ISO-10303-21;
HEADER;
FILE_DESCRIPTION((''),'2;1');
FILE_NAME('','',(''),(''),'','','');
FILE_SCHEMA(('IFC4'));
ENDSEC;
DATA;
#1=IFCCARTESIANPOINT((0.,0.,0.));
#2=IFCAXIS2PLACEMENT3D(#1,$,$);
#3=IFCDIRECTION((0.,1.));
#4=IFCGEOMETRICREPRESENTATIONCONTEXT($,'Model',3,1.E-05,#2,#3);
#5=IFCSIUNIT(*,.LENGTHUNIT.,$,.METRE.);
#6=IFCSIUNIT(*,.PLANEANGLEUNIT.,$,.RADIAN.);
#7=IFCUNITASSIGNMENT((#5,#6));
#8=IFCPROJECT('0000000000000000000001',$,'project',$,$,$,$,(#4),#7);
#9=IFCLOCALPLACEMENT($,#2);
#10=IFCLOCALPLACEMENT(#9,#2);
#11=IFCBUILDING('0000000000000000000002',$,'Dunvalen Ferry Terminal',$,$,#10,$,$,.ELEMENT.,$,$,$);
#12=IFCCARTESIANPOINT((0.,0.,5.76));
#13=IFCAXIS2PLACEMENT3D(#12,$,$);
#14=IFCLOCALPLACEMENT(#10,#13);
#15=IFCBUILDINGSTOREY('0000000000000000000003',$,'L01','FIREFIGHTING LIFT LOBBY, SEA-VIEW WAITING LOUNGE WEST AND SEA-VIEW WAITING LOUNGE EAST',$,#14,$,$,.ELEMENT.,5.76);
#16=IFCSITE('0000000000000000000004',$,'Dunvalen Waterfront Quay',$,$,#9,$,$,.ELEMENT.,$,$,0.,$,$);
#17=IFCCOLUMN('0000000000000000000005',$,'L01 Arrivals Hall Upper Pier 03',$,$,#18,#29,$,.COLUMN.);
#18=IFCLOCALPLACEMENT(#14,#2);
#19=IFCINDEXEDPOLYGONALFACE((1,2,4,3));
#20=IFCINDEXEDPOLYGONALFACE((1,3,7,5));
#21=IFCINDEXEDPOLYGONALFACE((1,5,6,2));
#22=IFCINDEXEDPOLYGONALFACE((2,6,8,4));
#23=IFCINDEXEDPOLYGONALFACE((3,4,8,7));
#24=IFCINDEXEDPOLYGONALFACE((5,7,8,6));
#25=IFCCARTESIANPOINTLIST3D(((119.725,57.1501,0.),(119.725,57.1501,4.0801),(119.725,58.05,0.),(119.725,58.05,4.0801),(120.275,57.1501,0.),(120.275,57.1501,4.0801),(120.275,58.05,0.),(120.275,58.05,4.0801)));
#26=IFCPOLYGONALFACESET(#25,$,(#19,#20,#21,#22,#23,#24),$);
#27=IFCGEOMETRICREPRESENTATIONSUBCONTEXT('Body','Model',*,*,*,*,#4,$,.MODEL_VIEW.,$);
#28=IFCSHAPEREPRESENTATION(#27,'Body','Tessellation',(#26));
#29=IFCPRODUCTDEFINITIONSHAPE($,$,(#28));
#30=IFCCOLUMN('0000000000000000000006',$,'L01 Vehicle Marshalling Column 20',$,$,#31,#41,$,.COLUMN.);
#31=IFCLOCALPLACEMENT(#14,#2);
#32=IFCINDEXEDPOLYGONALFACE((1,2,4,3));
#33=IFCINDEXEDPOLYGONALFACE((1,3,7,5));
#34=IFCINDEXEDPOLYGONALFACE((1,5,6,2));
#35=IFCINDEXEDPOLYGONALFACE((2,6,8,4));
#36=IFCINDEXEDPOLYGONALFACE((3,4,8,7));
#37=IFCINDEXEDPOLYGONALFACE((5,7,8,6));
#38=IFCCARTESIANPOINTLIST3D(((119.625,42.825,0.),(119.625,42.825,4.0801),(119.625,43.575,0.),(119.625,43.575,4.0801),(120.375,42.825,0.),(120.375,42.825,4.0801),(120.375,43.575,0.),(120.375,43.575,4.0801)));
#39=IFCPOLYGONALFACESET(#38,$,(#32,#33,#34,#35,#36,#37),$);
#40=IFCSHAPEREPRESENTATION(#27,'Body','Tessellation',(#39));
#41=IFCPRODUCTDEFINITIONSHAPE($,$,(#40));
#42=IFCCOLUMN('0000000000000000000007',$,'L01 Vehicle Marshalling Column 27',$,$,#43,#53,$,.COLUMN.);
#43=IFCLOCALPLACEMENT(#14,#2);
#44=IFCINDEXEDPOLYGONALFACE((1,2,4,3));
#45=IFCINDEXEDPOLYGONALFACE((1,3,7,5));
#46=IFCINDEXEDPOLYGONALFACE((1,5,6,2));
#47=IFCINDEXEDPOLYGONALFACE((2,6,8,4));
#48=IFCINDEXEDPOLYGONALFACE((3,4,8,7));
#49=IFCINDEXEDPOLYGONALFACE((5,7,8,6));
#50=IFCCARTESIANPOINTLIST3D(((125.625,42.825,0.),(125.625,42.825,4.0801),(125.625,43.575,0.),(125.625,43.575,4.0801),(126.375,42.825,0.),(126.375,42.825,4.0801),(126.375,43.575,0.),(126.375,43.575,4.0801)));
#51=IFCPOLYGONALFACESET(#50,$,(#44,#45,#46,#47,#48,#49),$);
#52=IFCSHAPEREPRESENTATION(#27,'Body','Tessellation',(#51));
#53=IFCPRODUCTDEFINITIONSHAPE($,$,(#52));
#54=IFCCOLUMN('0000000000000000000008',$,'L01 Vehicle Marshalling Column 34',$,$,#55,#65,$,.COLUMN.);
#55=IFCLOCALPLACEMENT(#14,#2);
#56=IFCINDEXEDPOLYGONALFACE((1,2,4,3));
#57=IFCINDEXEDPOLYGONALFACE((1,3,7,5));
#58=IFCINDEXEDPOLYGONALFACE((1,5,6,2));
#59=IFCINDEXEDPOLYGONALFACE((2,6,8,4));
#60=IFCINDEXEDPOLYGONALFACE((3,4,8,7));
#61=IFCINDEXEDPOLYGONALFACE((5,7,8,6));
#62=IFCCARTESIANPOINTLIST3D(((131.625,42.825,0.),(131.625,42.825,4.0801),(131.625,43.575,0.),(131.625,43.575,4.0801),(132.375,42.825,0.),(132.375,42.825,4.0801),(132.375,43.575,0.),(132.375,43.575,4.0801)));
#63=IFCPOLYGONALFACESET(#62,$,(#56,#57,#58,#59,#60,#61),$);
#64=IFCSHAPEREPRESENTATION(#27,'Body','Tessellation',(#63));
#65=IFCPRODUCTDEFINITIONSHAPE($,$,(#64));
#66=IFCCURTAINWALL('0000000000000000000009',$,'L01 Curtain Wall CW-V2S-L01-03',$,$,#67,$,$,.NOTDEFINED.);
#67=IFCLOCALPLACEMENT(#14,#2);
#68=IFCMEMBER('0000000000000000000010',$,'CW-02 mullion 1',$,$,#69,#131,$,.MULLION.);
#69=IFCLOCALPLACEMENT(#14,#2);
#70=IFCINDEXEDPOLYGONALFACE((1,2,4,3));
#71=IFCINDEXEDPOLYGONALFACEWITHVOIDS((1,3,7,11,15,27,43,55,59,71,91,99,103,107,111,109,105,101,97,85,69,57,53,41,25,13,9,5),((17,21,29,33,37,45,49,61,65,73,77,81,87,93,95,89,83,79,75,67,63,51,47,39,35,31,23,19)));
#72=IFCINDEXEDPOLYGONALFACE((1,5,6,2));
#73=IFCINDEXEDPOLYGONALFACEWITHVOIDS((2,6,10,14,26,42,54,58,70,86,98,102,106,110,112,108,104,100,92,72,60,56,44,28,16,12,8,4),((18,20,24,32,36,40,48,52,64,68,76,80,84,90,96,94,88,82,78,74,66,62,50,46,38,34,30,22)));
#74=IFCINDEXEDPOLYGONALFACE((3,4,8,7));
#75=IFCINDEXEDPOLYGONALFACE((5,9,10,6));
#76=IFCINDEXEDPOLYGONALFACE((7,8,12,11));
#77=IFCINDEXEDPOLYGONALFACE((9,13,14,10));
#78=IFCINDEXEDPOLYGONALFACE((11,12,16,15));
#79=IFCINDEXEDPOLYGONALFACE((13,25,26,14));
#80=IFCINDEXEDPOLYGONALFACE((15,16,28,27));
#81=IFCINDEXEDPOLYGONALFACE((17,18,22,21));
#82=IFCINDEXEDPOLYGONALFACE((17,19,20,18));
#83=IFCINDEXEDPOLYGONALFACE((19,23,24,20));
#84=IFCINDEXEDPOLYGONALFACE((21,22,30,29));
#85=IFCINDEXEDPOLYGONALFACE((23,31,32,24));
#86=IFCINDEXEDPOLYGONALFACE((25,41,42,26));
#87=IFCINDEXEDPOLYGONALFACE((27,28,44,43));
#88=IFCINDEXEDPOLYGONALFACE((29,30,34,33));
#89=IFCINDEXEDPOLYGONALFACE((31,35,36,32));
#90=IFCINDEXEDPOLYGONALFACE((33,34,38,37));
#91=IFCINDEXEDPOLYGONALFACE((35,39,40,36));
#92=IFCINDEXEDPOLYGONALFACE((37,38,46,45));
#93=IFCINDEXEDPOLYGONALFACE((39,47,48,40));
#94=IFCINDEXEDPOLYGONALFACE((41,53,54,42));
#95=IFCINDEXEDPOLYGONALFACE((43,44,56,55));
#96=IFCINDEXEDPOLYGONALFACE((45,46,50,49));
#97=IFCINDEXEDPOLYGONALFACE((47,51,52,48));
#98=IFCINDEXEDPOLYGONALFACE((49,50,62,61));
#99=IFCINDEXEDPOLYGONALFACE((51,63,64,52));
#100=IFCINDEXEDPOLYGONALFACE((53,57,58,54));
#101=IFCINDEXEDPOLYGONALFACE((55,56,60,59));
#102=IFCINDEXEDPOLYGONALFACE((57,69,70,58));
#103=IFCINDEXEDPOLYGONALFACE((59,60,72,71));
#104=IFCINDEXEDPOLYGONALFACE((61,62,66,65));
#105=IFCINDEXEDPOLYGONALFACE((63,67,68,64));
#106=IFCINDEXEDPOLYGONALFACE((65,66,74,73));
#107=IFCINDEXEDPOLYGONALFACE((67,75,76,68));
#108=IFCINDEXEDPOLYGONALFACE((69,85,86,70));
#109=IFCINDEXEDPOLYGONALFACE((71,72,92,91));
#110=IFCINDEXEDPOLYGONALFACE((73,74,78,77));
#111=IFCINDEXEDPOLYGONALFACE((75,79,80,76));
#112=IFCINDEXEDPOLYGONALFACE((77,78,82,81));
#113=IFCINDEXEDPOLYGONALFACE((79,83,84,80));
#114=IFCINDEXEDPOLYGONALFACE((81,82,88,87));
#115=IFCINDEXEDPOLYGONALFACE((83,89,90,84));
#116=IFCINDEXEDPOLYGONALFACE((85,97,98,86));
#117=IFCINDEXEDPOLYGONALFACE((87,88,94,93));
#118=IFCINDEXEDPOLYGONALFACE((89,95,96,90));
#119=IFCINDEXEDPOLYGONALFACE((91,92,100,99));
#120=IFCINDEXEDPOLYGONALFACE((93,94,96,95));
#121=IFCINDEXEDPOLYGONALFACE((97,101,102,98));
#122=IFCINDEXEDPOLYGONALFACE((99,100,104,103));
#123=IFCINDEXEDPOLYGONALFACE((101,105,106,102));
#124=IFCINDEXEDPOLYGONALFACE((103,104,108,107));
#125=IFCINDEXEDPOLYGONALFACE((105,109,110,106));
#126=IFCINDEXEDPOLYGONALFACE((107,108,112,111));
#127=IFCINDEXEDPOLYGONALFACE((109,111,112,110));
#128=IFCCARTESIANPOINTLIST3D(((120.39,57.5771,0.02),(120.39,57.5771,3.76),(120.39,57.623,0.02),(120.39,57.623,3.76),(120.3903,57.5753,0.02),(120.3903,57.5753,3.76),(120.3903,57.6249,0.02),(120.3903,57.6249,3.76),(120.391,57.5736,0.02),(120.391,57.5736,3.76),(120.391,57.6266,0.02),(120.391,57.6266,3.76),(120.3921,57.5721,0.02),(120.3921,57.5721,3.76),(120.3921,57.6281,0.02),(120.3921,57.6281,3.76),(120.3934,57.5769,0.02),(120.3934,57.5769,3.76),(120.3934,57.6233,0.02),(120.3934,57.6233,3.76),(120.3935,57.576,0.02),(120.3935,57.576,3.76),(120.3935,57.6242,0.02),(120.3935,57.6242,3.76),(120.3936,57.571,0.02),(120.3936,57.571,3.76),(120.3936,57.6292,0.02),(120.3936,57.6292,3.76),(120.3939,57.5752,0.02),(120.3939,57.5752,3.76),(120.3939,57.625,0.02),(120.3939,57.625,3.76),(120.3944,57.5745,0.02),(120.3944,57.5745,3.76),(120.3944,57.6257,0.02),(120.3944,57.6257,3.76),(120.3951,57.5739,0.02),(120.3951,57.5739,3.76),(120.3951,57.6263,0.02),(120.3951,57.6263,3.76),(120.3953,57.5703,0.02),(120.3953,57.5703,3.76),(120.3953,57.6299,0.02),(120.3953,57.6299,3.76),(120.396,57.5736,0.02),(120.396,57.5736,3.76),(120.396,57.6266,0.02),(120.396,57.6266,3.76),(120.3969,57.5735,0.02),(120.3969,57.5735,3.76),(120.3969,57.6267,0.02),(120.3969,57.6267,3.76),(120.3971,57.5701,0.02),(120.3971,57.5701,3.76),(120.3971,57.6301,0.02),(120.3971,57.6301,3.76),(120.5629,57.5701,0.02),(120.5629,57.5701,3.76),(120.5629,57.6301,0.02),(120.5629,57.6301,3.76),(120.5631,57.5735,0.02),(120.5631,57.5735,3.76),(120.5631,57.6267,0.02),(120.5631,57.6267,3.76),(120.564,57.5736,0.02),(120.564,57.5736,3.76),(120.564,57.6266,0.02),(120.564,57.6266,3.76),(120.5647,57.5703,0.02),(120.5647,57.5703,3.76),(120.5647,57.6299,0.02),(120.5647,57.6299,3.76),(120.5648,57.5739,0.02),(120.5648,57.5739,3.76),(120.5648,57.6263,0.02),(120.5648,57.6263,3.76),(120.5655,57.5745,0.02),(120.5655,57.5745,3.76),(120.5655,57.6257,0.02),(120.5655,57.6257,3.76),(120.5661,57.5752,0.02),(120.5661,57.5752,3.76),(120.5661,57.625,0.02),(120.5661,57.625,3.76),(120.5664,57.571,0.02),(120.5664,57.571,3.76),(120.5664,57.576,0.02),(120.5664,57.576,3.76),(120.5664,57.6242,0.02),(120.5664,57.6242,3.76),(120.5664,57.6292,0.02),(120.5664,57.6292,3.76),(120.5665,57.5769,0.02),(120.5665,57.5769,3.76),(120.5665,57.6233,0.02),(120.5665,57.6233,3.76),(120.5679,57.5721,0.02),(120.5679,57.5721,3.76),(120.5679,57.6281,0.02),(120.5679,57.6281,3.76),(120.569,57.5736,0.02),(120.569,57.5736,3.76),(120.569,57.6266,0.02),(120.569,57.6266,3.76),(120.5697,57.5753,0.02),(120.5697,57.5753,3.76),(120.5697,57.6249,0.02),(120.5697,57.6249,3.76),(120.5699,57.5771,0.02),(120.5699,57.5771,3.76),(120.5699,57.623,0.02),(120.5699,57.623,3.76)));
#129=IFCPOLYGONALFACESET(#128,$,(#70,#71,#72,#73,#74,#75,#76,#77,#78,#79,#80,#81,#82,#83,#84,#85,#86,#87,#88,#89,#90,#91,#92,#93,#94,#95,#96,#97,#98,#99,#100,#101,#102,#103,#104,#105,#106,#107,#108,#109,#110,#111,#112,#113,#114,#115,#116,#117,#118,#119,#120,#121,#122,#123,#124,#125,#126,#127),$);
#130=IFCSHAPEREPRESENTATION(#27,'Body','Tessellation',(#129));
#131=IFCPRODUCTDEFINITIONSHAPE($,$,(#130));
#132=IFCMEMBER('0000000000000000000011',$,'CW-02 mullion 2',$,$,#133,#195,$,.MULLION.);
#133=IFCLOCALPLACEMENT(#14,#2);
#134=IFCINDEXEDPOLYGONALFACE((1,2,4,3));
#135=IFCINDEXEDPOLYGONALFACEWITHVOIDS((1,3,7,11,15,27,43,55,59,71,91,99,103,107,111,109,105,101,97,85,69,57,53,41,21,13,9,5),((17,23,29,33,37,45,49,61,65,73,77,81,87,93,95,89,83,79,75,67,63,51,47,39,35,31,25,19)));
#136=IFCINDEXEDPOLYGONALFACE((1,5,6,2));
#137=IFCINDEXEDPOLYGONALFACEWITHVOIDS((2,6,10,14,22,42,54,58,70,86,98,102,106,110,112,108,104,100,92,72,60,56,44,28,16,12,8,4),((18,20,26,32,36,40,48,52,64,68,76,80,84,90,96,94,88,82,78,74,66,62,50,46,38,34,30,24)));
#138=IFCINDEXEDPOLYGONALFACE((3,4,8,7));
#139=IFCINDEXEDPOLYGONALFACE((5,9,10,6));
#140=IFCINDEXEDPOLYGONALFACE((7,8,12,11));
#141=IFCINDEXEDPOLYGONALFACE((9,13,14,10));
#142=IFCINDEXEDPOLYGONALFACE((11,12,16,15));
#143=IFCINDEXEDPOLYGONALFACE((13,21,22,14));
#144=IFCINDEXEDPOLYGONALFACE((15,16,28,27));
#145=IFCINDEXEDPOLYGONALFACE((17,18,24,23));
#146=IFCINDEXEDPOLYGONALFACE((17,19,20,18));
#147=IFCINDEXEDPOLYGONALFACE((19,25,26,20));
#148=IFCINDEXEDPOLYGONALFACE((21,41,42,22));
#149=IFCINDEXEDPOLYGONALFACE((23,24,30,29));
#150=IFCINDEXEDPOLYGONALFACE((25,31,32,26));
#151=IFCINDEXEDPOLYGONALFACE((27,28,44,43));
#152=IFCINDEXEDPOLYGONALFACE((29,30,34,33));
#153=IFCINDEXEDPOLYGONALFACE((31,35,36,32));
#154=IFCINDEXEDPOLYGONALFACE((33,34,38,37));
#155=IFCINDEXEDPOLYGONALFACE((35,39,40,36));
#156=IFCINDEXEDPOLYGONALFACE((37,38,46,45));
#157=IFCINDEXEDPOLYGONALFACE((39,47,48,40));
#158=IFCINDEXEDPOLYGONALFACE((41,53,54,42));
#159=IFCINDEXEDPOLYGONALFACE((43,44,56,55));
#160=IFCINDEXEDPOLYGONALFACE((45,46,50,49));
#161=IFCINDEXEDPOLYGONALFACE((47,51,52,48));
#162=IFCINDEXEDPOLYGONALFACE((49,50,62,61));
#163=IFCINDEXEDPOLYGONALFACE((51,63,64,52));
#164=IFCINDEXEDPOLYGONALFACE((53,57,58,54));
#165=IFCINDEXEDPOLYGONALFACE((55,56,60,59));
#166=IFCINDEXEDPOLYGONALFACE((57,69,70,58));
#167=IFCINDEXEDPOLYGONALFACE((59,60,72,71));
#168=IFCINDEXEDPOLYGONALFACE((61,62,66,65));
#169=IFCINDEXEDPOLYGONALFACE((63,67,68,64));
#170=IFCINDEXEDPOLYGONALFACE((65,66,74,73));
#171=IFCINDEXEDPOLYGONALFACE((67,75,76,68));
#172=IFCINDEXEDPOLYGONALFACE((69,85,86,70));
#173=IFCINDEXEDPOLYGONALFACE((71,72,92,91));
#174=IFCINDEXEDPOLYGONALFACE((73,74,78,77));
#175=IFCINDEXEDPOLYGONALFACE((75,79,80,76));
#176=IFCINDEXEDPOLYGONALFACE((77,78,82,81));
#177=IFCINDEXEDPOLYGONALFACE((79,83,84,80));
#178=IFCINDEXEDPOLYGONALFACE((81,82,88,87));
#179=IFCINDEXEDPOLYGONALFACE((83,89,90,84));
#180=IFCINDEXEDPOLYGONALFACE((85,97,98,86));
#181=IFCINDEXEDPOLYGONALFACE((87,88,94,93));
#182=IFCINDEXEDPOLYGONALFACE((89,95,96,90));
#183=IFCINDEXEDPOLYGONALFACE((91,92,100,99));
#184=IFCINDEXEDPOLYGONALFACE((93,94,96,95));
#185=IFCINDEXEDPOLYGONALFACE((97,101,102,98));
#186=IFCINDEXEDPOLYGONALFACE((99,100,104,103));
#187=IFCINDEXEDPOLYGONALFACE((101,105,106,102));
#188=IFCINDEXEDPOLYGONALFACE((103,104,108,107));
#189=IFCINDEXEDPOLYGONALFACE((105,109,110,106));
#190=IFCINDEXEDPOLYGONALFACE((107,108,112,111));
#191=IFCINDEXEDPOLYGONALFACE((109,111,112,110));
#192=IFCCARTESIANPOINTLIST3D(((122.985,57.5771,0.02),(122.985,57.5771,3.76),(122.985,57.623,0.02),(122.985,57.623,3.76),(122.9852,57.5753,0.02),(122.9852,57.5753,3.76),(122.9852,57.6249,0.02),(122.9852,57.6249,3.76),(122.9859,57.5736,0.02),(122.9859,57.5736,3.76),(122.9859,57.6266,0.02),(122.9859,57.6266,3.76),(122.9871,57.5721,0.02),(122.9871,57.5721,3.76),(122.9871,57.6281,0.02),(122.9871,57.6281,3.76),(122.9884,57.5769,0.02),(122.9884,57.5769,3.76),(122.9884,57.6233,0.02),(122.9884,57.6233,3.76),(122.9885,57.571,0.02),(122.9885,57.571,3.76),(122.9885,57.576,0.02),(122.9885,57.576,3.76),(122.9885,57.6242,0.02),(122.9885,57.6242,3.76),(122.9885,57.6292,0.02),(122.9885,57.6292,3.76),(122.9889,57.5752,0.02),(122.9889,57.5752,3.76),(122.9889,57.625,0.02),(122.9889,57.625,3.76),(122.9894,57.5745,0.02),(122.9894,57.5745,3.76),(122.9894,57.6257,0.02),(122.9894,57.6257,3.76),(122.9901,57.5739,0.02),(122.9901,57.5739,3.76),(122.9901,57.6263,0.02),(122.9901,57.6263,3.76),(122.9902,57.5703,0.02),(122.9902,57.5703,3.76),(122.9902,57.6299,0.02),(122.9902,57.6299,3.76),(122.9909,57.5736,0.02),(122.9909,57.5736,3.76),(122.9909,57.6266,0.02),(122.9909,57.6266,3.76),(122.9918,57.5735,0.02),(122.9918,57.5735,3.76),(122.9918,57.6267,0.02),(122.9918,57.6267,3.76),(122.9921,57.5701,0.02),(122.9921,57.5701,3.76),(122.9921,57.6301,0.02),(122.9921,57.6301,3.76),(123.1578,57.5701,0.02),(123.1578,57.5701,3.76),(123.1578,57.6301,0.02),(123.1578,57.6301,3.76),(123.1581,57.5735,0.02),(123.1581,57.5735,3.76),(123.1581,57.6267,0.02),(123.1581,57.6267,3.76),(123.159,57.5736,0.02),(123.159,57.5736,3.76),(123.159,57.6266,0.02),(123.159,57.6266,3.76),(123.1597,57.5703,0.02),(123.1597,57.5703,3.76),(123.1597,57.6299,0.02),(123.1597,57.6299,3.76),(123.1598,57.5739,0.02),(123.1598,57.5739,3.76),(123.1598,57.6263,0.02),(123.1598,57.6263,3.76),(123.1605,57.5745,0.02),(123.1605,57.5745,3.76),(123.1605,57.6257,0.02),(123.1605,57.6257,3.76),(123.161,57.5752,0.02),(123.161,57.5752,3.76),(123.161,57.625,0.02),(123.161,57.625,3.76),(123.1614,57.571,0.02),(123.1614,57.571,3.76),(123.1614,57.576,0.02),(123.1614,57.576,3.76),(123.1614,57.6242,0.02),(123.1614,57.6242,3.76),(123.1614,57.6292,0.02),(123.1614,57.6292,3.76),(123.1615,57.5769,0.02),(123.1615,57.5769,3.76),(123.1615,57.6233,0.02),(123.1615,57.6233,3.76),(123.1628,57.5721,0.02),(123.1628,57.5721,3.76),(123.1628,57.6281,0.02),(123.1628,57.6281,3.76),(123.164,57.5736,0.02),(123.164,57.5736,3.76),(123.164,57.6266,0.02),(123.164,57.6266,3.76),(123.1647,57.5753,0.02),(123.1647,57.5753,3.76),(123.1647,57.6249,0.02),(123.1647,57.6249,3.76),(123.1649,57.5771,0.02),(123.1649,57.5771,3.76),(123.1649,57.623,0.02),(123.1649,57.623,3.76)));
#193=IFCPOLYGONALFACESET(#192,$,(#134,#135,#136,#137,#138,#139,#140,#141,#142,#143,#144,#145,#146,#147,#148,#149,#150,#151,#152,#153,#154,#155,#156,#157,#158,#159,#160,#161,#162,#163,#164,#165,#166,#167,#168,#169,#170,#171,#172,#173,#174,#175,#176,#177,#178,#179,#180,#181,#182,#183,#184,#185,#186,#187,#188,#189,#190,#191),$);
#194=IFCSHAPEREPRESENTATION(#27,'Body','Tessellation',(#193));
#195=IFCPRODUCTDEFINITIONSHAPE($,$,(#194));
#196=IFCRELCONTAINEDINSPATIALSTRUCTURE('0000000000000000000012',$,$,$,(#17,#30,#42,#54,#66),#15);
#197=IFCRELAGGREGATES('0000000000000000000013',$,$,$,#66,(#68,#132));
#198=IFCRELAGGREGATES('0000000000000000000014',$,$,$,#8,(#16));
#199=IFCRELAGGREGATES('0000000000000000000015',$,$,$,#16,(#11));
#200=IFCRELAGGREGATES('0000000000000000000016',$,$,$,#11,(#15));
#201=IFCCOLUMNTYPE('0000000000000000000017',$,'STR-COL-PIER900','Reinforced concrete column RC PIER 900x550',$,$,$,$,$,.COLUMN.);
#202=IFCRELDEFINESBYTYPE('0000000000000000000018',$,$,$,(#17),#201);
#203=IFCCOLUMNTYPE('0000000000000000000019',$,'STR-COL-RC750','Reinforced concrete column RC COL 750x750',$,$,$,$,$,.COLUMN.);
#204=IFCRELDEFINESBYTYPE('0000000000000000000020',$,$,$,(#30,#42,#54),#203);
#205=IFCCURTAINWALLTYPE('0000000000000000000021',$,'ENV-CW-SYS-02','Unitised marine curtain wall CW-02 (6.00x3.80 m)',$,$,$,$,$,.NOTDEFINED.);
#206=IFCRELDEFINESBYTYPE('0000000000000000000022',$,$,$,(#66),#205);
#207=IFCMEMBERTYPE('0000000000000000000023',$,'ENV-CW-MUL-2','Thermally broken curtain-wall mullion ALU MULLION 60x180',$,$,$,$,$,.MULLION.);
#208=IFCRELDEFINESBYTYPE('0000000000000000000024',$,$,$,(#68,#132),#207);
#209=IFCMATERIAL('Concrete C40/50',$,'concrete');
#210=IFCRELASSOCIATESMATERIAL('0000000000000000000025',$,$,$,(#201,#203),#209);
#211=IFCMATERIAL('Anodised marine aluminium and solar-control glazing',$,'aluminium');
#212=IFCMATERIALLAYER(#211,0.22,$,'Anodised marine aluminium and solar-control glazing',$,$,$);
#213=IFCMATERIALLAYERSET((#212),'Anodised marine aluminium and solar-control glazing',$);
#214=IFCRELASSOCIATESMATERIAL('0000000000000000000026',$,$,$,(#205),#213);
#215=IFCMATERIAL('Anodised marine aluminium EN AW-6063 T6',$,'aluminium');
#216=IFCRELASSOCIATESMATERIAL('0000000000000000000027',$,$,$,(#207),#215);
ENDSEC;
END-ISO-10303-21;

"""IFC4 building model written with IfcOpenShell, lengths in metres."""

from ifc_helpers import new_model, si_unit, direction, frame, origin, origin_2d, place, context, subcontext, project, spatial, rectangle, hollow_rectangle, extrude, material, layer, layer_set, material_profile, profile_set, type_object, element, aggregate, save


model = new_model("IFC4")

# Units and contexts
model_context = context("Model", 3, precision=1e-05, world=origin(), true_north=direction((0.0, 1.0)))
body_context = subcontext(model_context, "Body", "Model", "MODEL_VIEW")
ifc_project = project(units=[si_unit("LENGTHUNIT", "METRE"), si_unit("PLANEANGLEUNIT", "RADIAN")], contexts=[model_context])

# Site, building, storey
site_placement = place(None, origin())
site = spatial("IfcSite", under=ifc_project, at=site_placement, Name="Dunvalen Waterfront Quay", CompositionType="ELEMENT", RefElevation=0.0)
building_placement = place(site_placement, origin())
building = spatial("IfcBuilding", under=site, at=building_placement, Name="Dunvalen Ferry Terminal", CompositionType="ELEMENT")
storey_placement = place(building_placement, frame((0.0, 0.0, 5.76)))
storey = spatial("IfcBuildingStorey", under=building, at=storey_placement, Name="L01", Description="FIREFIGHTING LIFT LOBBY, SEA-VIEW WAITING LOUNGE WEST AND SEA-VIEW WAITING LOUNGE EAST", CompositionType="ELEMENT", Elevation=5.76)

# Columns
ifc_material_1 = material(Name="Concrete C40/50", Category="concrete")
ifc_material_profile_1 = material_profile(ifc_material_1, rectangle(XDim=0.55, YDim=0.8999, at=origin_2d()), Name="Concrete C40/50")
ifc_profile_set_1 = profile_set([ifc_material_profile_1], Name="Concrete C40/50")
column_type_1 = type_object("IfcColumnType", Name="STR-COL-PIER900", Description="Reinforced concrete column RC PIER 900x550", PredefinedType="COLUMN", material=ifc_profile_set_1)
column_placement = place(storey_placement, frame((120.0, 57.6001, 0.0), z_axis=(0.0, 0.0, 1.0), x_axis=(1.0, 0.0, 0.0)))
element("IfcColumn", 1, at=column_placement, inside=storey, type_object=column_type_1, Name="L01 Arrivals Hall Upper Pier 03", PredefinedType="COLUMN", context=body_context, shape_type="SweptSolid", body=[
    extrude(rectangle(XDim=0.55, YDim=0.8999, at=origin_2d()), origin(), (0.0, 0.0, 1.0), 4.0801),
])
ifc_material_profile_2 = material_profile(ifc_material_1, rectangle(XDim=0.75, YDim=0.75, at=origin_2d()), Name="Concrete C40/50")
ifc_profile_set_2 = profile_set([ifc_material_profile_2], Name="Concrete C40/50")
column_type_2 = type_object("IfcColumnType", Name="STR-COL-RC750", Description="Reinforced concrete column RC COL 750x750", PredefinedType="COLUMN", material=ifc_profile_set_2)
for number, where, z_axis, x_axis, name in (
    (2, (120.0, 43.2, 0.0), (0.0, 0.0, 1.0), (1.0, 0.0, 0.0), "L01 Vehicle Marshalling Column 20"),
    (3, (126.0, 43.2, 0.0), (0.0, 0.0, 1.0), (1.0, 0.0, 0.0), "L01 Vehicle Marshalling Column 27"),
    (4, (132.0, 43.2, 0.0), (0.0, 0.0, 1.0), (1.0, 0.0, 0.0), "L01 Vehicle Marshalling Column 34"),
):
    element("IfcColumn", number, at=place(storey_placement, frame(where, z_axis=z_axis, x_axis=x_axis)), inside=storey, type_object=column_type_2, Name=name, PredefinedType="COLUMN", context=body_context, shape_type="SweptSolid", body=[
        extrude(rectangle(XDim=0.75, YDim=0.75, at=origin_2d()), origin(), (0.0, 0.0, 1.0), 4.0801),
    ])

# Curtain wall, members
ifc_material_2 = material(Name="Anodised marine aluminium and solar-control glazing", Category="aluminium")
ifc_layer_1 = layer(ifc_material_2, 0.22, Name="Anodised marine aluminium and solar-control glazing")
ifc_layer_set_1 = layer_set([ifc_layer_1], Name="Anodised marine aluminium and solar-control glazing")
curtain_wall_type = type_object("IfcCurtainWallType", Name="ENV-CW-SYS-02", Description="Unitised marine curtain wall CW-02 (6.00x3.80 m)", PredefinedType="NOTDEFINED", material=ifc_layer_set_1)
curtain_wall_placement = place(storey_placement, origin())
curtain_wall = element("IfcCurtainWall", 5, at=curtain_wall_placement, inside=storey, type_object=curtain_wall_type, Name="L01 Curtain Wall CW-V2S-L01-03", PredefinedType="NOTDEFINED")
ifc_material_3 = material(Name="Anodised marine aluminium EN AW-6063 T6", Category="aluminium")
ifc_material_profile_3 = material_profile(ifc_material_3, hollow_rectangle(XDim=0.0601, YDim=0.1799, WallThickness=0.0034, InnerFilletRadius=0.0034, OuterFilletRadius=0.0071, at=origin_2d()), Name="Anodised marine aluminium EN AW-6063 T6")
ifc_profile_set_3 = profile_set([ifc_material_profile_3], Name="Anodised marine aluminium EN AW-6063 T6")
member_type_1 = type_object("IfcMemberType", Name="ENV-CW-MUL-2", Description="Thermally broken curtain-wall mullion ALU MULLION 60x180", PredefinedType="MULLION", material=ifc_profile_set_3)
member_1_placement = place(storey_placement, frame((120.48, 57.6001, 0.02), z_axis=(0.0, 0.0, 1.0), x_axis=(0.0, 1.0, 0.0)))
member_1 = element("IfcMember", 6, at=member_1_placement, type_object=member_type_1, Name="CW-02 mullion 1", PredefinedType="MULLION", context=body_context, shape_type="SweptSolid", body=[
    extrude(hollow_rectangle(XDim=0.0601, YDim=0.1799, WallThickness=0.0034, InnerFilletRadius=0.0034, OuterFilletRadius=0.0071, at=origin_2d()), origin(), (0.0, 0.0, 1.0), 3.74),
])
member_2_placement = place(storey_placement, frame((123.075, 57.6001, 0.02), z_axis=(0.0, 0.0, 1.0), x_axis=(0.0, 1.0, 0.0)))
member_2 = element("IfcMember", 7, at=member_2_placement, type_object=member_type_1, Name="CW-02 mullion 2", PredefinedType="MULLION", context=body_context, shape_type="SweptSolid", body=[
    extrude(hollow_rectangle(XDim=0.0601, YDim=0.1799, WallThickness=0.0034, InnerFilletRadius=0.0034, OuterFilletRadius=0.0071, at=origin_2d()), origin(), (0.0, 0.0, 1.0), 3.74),
])

aggregate(curtain_wall, [member_1, member_2])

save(model, "model.ifc")
